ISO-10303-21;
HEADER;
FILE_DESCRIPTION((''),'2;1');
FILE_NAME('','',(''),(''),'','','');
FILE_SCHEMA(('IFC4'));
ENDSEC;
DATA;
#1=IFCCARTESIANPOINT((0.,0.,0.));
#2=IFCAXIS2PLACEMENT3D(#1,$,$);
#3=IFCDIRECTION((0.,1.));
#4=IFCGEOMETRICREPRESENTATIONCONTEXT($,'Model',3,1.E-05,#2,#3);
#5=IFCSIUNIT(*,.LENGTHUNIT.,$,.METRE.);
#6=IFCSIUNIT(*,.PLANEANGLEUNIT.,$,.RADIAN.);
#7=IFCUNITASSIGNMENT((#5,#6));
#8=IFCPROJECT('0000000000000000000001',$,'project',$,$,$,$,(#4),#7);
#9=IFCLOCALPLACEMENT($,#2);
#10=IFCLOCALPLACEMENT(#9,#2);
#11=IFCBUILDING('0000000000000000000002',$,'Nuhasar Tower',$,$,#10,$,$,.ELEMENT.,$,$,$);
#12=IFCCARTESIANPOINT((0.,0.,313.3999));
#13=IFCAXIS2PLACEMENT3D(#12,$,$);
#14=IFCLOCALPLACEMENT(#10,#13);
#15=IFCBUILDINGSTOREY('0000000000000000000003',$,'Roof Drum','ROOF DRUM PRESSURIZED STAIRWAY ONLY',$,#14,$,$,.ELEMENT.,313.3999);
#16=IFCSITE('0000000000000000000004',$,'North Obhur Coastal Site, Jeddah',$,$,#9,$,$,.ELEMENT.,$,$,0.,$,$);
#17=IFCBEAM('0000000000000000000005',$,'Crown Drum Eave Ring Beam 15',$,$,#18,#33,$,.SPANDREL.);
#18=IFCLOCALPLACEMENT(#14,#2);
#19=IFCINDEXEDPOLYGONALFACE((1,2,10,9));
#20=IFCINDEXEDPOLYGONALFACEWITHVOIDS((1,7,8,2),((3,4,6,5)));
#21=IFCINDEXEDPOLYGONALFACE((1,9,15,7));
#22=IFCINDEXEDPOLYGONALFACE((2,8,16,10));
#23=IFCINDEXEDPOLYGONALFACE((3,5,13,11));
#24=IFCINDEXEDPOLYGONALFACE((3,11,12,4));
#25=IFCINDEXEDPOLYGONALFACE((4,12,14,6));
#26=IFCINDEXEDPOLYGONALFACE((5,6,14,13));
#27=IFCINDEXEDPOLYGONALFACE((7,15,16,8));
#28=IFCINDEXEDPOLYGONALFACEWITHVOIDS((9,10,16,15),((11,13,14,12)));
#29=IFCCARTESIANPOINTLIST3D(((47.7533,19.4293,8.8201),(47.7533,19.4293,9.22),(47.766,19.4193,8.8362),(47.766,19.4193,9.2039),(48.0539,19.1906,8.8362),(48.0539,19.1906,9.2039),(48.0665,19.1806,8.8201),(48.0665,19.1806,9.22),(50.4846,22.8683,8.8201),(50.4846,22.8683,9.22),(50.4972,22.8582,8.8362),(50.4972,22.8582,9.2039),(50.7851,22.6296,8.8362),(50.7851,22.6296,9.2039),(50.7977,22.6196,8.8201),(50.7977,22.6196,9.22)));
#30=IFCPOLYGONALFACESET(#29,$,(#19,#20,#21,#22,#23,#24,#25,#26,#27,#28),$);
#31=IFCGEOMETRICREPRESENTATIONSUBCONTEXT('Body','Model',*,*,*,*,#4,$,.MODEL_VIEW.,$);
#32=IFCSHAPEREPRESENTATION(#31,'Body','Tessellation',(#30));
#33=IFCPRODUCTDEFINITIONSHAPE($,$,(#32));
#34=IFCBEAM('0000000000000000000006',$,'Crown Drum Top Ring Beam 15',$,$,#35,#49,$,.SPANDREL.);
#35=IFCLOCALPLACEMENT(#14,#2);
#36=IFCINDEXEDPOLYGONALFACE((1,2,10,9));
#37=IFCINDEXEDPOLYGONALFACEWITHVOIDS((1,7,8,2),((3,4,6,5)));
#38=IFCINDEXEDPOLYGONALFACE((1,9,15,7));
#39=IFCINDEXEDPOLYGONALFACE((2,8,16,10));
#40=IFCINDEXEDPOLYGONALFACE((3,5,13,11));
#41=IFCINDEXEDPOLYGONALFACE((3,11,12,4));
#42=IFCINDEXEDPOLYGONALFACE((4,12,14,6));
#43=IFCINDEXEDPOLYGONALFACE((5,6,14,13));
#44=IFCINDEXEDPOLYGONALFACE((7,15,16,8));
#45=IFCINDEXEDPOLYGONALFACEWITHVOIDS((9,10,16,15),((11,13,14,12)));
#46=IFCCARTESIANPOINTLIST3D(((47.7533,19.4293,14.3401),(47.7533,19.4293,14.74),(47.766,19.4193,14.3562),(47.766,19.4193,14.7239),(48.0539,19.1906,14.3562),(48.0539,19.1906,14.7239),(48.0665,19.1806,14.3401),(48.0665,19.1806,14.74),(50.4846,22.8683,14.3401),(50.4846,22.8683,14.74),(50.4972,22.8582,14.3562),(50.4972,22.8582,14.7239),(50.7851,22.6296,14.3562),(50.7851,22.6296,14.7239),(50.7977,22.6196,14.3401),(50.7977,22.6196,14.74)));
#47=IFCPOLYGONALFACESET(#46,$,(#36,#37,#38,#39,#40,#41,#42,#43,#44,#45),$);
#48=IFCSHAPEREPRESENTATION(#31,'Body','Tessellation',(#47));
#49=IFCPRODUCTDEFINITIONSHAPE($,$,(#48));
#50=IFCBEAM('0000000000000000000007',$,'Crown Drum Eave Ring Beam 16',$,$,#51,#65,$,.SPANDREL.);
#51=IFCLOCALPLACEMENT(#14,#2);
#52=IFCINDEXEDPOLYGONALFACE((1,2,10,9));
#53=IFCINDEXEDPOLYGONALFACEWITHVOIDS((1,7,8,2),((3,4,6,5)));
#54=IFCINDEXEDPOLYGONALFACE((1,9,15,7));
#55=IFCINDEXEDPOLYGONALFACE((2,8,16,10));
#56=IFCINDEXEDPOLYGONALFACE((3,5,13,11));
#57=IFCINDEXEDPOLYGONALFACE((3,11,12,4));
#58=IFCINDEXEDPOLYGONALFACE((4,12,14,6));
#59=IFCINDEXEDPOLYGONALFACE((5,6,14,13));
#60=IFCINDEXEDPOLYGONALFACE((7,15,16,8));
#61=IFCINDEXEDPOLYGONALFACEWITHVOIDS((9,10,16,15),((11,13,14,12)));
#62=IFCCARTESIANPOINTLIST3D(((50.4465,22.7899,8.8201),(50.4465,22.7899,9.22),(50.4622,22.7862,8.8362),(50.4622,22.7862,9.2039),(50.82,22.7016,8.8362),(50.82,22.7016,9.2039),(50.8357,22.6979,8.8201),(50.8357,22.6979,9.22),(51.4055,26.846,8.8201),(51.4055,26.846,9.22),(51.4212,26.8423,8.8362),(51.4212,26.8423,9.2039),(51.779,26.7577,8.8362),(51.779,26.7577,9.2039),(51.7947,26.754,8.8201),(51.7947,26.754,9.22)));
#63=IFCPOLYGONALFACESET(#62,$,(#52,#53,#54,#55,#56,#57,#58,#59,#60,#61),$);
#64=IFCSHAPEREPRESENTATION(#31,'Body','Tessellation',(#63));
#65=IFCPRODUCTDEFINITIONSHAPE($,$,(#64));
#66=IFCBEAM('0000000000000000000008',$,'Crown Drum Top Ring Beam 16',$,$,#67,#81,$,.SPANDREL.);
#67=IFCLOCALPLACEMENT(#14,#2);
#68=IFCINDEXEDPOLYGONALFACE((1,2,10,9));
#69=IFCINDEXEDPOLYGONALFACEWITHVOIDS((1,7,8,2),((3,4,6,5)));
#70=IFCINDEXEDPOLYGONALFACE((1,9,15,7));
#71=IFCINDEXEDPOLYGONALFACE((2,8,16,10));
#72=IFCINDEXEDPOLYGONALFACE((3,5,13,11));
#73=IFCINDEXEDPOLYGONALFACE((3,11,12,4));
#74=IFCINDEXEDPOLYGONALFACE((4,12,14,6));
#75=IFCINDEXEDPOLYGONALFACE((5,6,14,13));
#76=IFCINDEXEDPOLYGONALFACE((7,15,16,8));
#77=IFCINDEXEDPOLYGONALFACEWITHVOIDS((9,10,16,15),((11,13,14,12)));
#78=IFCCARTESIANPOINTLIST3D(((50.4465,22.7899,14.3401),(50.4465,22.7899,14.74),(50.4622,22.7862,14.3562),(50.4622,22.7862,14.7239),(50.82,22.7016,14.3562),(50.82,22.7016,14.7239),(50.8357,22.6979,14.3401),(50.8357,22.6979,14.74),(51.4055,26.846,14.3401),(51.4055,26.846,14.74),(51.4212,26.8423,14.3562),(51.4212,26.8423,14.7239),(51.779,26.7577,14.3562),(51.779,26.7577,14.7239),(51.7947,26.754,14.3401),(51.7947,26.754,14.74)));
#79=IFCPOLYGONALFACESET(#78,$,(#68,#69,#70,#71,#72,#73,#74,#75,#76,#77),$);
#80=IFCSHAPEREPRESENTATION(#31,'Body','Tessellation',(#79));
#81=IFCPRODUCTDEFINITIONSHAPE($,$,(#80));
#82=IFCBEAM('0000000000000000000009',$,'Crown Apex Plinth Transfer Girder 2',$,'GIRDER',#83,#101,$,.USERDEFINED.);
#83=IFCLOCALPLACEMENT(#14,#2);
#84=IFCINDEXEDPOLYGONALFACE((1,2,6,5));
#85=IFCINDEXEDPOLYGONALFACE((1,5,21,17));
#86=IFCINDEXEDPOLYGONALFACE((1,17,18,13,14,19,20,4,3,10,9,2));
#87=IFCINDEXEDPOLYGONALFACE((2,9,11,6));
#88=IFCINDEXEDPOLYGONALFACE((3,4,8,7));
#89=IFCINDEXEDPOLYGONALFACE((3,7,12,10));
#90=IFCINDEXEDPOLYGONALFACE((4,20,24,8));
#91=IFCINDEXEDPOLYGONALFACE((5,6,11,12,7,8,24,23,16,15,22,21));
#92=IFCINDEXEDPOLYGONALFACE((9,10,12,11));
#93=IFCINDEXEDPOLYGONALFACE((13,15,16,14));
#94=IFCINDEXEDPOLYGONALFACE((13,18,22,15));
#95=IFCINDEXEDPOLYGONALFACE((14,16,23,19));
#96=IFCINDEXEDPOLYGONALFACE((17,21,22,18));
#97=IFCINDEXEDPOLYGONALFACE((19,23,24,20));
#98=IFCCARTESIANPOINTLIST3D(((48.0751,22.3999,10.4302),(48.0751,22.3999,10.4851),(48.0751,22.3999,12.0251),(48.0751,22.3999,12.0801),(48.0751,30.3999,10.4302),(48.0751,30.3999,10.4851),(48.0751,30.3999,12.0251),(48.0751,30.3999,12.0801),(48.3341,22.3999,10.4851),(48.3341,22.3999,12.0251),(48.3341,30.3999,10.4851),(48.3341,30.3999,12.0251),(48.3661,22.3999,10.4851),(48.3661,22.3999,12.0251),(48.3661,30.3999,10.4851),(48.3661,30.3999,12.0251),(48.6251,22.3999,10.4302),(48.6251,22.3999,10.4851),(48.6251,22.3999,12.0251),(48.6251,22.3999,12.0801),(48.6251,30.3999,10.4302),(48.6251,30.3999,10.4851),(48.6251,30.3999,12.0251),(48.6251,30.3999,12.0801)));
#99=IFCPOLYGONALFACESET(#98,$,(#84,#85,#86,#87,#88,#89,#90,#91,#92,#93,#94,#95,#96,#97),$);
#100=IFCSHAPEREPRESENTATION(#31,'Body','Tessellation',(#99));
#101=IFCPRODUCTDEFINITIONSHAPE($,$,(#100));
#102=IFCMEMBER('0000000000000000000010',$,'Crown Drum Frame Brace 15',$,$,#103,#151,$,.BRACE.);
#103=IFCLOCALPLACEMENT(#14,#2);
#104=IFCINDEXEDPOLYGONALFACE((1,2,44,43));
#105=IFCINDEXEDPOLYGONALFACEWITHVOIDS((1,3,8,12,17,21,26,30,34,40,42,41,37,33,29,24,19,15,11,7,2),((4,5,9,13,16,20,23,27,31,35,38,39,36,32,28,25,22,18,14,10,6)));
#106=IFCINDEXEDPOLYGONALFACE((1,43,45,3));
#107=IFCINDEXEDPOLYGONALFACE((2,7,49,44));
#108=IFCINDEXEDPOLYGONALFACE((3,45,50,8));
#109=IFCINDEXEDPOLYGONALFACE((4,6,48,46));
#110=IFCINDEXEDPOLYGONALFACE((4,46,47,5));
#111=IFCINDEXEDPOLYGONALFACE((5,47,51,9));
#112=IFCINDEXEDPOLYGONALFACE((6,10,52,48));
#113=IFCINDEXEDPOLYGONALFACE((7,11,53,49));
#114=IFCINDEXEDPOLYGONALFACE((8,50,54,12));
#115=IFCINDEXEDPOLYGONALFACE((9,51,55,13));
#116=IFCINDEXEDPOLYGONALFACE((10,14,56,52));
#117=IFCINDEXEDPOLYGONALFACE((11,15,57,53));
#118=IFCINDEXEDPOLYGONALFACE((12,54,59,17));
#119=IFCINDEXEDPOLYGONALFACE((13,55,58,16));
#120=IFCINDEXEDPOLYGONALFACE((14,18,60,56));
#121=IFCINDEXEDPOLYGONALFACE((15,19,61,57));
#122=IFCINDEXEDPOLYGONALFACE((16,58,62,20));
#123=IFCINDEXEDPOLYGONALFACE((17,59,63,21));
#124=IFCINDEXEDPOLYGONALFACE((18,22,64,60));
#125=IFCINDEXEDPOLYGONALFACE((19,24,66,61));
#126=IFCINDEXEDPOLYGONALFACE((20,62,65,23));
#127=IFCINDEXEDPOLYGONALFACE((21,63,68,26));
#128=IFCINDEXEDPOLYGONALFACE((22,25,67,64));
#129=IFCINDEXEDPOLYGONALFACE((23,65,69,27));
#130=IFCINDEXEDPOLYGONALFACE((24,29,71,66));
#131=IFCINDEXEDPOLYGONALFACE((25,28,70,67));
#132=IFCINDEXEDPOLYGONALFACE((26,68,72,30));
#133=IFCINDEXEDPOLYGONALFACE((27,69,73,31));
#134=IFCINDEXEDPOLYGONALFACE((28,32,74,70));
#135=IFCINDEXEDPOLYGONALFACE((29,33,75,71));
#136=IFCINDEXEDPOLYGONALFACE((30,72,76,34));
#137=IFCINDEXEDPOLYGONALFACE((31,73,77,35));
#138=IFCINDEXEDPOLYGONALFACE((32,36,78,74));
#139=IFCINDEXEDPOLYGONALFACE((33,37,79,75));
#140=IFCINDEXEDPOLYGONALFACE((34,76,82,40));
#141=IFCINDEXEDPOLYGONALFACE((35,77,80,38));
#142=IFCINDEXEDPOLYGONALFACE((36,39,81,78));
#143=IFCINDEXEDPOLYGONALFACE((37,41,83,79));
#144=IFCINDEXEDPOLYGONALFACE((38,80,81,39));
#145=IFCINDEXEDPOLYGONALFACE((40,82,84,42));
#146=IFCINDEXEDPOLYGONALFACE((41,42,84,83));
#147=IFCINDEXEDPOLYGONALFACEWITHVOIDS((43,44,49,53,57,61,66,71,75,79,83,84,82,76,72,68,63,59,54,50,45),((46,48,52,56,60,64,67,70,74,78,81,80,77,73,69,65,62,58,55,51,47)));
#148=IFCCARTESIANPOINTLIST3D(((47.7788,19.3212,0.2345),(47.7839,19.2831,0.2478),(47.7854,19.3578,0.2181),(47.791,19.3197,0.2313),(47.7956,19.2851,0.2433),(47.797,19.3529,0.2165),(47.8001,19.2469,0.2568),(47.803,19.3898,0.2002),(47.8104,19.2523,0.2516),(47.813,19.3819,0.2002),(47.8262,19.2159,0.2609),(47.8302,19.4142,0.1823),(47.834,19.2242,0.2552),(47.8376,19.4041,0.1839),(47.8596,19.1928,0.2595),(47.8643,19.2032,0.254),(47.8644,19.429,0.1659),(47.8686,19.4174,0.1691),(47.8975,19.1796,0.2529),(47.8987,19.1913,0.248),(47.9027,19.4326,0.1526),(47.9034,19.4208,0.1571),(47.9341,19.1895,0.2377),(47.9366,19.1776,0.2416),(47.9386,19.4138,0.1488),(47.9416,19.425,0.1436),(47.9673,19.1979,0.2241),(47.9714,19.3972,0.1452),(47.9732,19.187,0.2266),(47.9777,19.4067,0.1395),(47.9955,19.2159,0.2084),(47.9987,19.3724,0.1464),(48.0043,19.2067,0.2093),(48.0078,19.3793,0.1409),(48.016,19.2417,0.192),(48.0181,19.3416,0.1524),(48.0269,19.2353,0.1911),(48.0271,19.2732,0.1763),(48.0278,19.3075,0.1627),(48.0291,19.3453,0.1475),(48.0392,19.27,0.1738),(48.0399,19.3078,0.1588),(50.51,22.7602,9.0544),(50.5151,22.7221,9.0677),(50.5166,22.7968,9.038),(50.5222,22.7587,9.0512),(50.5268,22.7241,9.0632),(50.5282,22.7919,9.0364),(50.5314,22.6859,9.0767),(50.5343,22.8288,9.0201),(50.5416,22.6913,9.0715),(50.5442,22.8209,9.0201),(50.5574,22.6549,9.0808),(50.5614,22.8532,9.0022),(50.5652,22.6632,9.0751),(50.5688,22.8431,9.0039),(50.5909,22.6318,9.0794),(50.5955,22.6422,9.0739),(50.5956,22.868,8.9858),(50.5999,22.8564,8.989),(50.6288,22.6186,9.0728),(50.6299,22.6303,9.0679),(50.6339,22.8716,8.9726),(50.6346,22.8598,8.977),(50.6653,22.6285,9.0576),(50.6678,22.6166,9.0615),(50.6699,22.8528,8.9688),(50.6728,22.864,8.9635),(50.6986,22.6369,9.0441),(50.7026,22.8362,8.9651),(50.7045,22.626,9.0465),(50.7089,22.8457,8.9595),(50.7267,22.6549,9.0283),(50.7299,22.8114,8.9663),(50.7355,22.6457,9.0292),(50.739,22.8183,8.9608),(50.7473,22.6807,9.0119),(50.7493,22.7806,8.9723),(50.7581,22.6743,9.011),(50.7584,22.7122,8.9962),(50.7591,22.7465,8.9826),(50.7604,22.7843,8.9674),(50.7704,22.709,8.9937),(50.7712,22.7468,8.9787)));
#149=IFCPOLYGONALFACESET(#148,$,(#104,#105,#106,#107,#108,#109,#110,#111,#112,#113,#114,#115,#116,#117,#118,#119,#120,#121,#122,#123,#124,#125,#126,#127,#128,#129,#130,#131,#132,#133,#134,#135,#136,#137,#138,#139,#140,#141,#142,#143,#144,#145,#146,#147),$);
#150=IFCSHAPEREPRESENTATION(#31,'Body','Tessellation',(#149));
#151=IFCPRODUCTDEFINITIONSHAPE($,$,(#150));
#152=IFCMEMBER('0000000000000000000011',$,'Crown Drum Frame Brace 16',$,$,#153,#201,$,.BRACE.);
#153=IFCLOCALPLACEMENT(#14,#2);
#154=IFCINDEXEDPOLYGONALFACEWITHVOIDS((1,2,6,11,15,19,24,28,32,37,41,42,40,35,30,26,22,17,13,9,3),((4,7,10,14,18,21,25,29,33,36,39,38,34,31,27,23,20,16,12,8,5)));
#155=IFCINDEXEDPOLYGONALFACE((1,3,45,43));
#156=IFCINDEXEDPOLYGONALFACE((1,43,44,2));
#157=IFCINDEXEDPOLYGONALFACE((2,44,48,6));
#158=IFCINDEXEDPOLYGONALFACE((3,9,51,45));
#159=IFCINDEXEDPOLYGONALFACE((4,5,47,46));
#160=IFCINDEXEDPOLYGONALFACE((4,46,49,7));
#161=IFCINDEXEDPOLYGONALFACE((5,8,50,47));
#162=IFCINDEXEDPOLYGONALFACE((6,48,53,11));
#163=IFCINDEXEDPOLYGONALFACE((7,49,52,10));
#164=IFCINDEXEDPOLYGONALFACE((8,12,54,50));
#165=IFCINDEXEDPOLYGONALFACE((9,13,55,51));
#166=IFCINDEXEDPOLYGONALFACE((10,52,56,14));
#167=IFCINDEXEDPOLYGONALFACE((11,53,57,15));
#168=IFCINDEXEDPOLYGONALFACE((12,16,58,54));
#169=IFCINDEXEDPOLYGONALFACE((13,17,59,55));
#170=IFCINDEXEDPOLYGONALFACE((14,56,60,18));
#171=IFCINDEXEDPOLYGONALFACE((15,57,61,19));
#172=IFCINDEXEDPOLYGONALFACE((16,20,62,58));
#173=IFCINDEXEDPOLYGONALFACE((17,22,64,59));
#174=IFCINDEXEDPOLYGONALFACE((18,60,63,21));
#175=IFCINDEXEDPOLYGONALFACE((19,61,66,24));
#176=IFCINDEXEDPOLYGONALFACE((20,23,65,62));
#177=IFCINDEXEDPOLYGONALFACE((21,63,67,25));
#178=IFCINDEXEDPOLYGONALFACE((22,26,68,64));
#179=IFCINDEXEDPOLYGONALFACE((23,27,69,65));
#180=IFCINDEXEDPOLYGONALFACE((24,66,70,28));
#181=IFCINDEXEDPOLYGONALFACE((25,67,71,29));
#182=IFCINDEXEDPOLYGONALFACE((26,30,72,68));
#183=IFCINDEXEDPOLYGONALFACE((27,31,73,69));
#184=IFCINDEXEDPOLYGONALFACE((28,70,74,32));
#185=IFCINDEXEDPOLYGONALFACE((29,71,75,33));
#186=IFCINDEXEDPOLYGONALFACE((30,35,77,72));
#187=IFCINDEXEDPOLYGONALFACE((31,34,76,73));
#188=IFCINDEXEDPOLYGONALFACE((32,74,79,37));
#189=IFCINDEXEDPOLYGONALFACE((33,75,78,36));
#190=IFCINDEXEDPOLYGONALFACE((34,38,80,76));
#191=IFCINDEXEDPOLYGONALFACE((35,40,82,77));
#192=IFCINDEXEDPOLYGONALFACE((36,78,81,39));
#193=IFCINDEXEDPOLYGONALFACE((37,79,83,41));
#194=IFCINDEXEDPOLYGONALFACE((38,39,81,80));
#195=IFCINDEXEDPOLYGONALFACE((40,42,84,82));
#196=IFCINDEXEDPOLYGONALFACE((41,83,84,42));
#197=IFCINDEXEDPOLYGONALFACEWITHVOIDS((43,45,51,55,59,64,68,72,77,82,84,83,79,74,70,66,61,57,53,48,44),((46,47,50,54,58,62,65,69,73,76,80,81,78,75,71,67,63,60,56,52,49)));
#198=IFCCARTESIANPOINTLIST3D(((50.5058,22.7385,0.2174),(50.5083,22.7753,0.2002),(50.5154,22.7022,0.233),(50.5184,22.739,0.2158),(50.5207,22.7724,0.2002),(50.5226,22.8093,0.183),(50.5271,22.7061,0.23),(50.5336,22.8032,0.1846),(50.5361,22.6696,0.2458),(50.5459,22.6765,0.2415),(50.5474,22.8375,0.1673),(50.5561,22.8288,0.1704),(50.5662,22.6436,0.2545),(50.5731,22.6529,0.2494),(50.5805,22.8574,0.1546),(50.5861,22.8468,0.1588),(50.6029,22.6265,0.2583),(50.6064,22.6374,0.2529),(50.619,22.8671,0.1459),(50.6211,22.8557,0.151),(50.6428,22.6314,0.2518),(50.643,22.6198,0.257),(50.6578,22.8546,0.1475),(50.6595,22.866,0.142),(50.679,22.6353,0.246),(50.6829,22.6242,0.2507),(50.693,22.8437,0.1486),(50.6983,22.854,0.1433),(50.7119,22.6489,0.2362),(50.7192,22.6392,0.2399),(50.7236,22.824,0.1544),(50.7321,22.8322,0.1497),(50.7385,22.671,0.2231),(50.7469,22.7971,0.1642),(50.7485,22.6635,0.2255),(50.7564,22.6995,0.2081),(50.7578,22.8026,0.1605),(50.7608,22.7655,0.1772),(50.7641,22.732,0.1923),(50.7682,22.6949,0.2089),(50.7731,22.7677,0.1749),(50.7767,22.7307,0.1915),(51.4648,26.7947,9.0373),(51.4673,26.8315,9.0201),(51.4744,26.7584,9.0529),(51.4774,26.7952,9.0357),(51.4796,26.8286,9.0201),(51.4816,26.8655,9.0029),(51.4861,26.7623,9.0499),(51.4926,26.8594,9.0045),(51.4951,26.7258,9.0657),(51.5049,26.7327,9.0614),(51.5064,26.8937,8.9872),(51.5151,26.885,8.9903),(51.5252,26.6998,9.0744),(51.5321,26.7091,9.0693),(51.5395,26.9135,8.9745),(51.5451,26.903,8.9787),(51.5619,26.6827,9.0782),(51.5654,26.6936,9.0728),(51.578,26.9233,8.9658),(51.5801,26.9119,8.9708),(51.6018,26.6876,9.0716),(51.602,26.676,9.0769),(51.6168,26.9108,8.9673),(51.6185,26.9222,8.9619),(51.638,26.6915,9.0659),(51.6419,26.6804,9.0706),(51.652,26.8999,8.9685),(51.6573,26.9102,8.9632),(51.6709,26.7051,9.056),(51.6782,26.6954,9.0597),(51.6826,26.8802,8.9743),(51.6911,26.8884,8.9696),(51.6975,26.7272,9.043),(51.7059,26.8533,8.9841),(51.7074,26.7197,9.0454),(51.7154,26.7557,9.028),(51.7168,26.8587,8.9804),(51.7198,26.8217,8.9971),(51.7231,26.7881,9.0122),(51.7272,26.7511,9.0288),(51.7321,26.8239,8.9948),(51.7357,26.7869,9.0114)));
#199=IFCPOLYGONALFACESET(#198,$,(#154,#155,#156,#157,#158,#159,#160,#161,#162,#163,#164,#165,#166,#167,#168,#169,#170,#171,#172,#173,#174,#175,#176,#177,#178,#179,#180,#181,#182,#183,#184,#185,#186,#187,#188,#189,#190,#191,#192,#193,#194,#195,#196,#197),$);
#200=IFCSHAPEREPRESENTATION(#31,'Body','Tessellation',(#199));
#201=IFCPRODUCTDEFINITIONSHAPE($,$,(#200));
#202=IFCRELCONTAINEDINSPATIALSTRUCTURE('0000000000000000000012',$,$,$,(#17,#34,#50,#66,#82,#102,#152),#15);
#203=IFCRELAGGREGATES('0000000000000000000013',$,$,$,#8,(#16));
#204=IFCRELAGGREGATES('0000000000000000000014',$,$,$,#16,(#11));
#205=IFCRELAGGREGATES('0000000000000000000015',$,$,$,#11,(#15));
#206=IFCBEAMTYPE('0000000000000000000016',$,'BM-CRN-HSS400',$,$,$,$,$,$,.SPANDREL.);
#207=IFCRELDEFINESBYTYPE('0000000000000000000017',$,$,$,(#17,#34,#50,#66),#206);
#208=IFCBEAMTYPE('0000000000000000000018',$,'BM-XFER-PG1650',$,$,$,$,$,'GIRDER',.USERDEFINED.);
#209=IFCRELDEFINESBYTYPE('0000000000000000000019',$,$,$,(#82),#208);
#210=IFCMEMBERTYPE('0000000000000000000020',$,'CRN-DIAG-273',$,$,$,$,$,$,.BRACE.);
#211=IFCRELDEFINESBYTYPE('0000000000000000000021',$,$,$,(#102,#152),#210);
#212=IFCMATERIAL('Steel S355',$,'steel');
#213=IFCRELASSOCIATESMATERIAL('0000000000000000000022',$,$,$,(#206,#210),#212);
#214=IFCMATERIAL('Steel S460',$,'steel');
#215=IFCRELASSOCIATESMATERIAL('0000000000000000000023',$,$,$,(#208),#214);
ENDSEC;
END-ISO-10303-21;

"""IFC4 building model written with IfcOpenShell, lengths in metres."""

from ifc_helpers import new_model, si_unit, direction, frame, origin, origin_2d, place, context, subcontext, project, spatial, hollow_rectangle, hollow_circle, i_section, extrude, material, material_profile, profile_set, type_object, element, save


model = new_model("IFC4")

# Units and contexts
model_context = context("Model", 3, precision=1e-05, world=origin(), true_north=direction((0.0, 1.0)))
body_context = subcontext(model_context, "Body", "Model", "MODEL_VIEW")
ifc_project = project(units=[si_unit("LENGTHUNIT", "METRE"), si_unit("PLANEANGLEUNIT", "RADIAN")], contexts=[model_context])

# Site, building, storey
site_placement = place(None, origin())
site = spatial("IfcSite", under=ifc_project, at=site_placement, Name="North Obhur Coastal Site, Jeddah", CompositionType="ELEMENT", RefElevation=0.0)
building_placement = place(site_placement, origin())
building = spatial("IfcBuilding", under=site, at=building_placement, Name="Nuhasar Tower", CompositionType="ELEMENT")
storey_placement = place(building_placement, frame((0.0, 0.0, 313.3999)))
storey = spatial("IfcBuildingStorey", under=building, at=storey_placement, Name="Roof Drum", Description="ROOF DRUM PRESSURIZED STAIRWAY ONLY", CompositionType="ELEMENT", Elevation=313.3999)

# Beams
ifc_material_1 = material(Name="Steel S355", Category="steel")
ifc_material_profile_1 = material_profile(ifc_material_1, hollow_rectangle(XDim=0.3999, YDim=0.3999, WallThickness=0.0161, at=origin_2d()), Name="HSS400X400X16")
ifc_profile_set_1 = profile_set([ifc_material_profile_1], Name="Steel S355")
beam_type_1 = type_object("IfcBeamType", Name="BM-CRN-HSS400", PredefinedType="SPANDREL", material=ifc_profile_set_1)
for number, where, z_axis, x_axis, name in (
    (1, (47.9099, 19.3049, 9.02), (0.621918, 0.783082, 0.0), (-0.783082, 0.621918, 0.0), "Crown Drum Eave Ring Beam 15"),
    (2, (47.9099, 19.3049, 14.54), (0.621918, 0.783082, 0.0), (-0.783082, 0.621918, 0.0), "Crown Drum Top Ring Beam 15"),
):
    element("IfcBeam", number, at=place(storey_placement, frame(where, z_axis=z_axis, x_axis=x_axis)), inside=storey, type_object=beam_type_1, Name=name, PredefinedType="SPANDREL", context=body_context, shape_type="SweptSolid", body=[
        extrude(hollow_rectangle(XDim=0.3999, YDim=0.3999, WallThickness=0.0161, at=origin_2d()), origin(), (0.0, 0.0, 1.0), 4.3916),
    ])
for number, where, z_axis, x_axis, name in (
    (3, (50.6411, 22.7439, 9.02), (0.230084, 0.973171, 0.0), (-0.973171, 0.230084, 0.0), "Crown Drum Eave Ring Beam 16"),
    (4, (50.6411, 22.7439, 14.54), (0.230084, 0.973171, 0.0), (-0.973171, 0.230084, 0.0), "Crown Drum Top Ring Beam 16"),
):
    element("IfcBeam", number, at=place(storey_placement, frame(where, z_axis=z_axis, x_axis=x_axis)), inside=storey, type_object=beam_type_1, Name=name, PredefinedType="SPANDREL", context=body_context, shape_type="SweptSolid", body=[
        extrude(hollow_rectangle(XDim=0.3999, YDim=0.3999, WallThickness=0.0161, at=origin_2d()), origin(), (0.0, 0.0, 1.0), 4.168),
    ])
ifc_material_2 = material(Name="Steel S460", Category="steel")
ifc_material_profile_2 = material_profile(ifc_material_2, i_section(OverallWidth=0.55, OverallDepth=1.6499, WebThickness=0.032, FlangeThickness=0.0549, at=origin_2d()), Name="PG1650X550")
ifc_profile_set_2 = profile_set([ifc_material_profile_2], Name="Steel S460")
beam_type_2 = type_object("IfcBeamType", Name="BM-XFER-PG1650", ElementType="GIRDER", PredefinedType="USERDEFINED", material=ifc_profile_set_2)
beam_placement = place(storey_placement, frame((48.3501, 22.3999, 11.2551), z_axis=(0.0, 1.0, 0.0), x_axis=(-1.0, 0.0, 0.0)))
element("IfcBeam", 5, at=beam_placement, inside=storey, type_object=beam_type_2, Name="Crown Apex Plinth Transfer Girder 2", ObjectType="GIRDER", PredefinedType="USERDEFINED", context=body_context, shape_type="SweptSolid", body=[
    extrude(i_section(OverallWidth=0.55, OverallDepth=1.6499, WebThickness=0.032, FlangeThickness=0.0549, at=origin_2d()), origin(), (0.0, 0.0, 1.0), 8.0),
])

# Members
ifc_material_profile_3 = material_profile(ifc_material_1, hollow_circle(Radius=0.1365, WallThickness=0.0127, at=origin_2d()), Name="HSS273.1X12.7")
ifc_profile_set_3 = profile_set([ifc_material_profile_3], Name="Steel S355")
member_type_1 = type_object("IfcMemberType", Name="CRN-DIAG-273", PredefinedType="BRACE", material=ifc_profile_set_3)
member_1_placement = place(storey_placement, frame((47.9099, 19.3049, 0.2002), z_axis=(0.277204, 0.349039, 0.89517), x_axis=(-0.783082, 0.621918, 0.0)))
element("IfcMember", 6, at=member_1_placement, inside=storey, type_object=member_type_1, Name="Crown Drum Frame Brace 15", PredefinedType="BRACE", context=body_context, shape_type="SweptSolid", body=[
    extrude(hollow_circle(Radius=0.1365, WallThickness=0.0127, at=origin_2d()), origin(), (0.0, 0.0, 1.0), 9.8528),
])
member_2_placement = place(storey_placement, frame((50.6411, 22.7439, 0.2002), z_axis=(0.098306, 0.4158, 0.904128), x_axis=(-0.973171, 0.230084, 0.0)))
element("IfcMember", 7, at=member_2_placement, inside=storey, type_object=member_type_1, Name="Crown Drum Frame Brace 16", PredefinedType="BRACE", context=body_context, shape_type="SweptSolid", body=[
    extrude(hollow_circle(Radius=0.1365, WallThickness=0.0127, at=origin_2d()), origin(), (0.0, 0.0, 1.0), 9.7551),
])

save(model, "model.ifc")
